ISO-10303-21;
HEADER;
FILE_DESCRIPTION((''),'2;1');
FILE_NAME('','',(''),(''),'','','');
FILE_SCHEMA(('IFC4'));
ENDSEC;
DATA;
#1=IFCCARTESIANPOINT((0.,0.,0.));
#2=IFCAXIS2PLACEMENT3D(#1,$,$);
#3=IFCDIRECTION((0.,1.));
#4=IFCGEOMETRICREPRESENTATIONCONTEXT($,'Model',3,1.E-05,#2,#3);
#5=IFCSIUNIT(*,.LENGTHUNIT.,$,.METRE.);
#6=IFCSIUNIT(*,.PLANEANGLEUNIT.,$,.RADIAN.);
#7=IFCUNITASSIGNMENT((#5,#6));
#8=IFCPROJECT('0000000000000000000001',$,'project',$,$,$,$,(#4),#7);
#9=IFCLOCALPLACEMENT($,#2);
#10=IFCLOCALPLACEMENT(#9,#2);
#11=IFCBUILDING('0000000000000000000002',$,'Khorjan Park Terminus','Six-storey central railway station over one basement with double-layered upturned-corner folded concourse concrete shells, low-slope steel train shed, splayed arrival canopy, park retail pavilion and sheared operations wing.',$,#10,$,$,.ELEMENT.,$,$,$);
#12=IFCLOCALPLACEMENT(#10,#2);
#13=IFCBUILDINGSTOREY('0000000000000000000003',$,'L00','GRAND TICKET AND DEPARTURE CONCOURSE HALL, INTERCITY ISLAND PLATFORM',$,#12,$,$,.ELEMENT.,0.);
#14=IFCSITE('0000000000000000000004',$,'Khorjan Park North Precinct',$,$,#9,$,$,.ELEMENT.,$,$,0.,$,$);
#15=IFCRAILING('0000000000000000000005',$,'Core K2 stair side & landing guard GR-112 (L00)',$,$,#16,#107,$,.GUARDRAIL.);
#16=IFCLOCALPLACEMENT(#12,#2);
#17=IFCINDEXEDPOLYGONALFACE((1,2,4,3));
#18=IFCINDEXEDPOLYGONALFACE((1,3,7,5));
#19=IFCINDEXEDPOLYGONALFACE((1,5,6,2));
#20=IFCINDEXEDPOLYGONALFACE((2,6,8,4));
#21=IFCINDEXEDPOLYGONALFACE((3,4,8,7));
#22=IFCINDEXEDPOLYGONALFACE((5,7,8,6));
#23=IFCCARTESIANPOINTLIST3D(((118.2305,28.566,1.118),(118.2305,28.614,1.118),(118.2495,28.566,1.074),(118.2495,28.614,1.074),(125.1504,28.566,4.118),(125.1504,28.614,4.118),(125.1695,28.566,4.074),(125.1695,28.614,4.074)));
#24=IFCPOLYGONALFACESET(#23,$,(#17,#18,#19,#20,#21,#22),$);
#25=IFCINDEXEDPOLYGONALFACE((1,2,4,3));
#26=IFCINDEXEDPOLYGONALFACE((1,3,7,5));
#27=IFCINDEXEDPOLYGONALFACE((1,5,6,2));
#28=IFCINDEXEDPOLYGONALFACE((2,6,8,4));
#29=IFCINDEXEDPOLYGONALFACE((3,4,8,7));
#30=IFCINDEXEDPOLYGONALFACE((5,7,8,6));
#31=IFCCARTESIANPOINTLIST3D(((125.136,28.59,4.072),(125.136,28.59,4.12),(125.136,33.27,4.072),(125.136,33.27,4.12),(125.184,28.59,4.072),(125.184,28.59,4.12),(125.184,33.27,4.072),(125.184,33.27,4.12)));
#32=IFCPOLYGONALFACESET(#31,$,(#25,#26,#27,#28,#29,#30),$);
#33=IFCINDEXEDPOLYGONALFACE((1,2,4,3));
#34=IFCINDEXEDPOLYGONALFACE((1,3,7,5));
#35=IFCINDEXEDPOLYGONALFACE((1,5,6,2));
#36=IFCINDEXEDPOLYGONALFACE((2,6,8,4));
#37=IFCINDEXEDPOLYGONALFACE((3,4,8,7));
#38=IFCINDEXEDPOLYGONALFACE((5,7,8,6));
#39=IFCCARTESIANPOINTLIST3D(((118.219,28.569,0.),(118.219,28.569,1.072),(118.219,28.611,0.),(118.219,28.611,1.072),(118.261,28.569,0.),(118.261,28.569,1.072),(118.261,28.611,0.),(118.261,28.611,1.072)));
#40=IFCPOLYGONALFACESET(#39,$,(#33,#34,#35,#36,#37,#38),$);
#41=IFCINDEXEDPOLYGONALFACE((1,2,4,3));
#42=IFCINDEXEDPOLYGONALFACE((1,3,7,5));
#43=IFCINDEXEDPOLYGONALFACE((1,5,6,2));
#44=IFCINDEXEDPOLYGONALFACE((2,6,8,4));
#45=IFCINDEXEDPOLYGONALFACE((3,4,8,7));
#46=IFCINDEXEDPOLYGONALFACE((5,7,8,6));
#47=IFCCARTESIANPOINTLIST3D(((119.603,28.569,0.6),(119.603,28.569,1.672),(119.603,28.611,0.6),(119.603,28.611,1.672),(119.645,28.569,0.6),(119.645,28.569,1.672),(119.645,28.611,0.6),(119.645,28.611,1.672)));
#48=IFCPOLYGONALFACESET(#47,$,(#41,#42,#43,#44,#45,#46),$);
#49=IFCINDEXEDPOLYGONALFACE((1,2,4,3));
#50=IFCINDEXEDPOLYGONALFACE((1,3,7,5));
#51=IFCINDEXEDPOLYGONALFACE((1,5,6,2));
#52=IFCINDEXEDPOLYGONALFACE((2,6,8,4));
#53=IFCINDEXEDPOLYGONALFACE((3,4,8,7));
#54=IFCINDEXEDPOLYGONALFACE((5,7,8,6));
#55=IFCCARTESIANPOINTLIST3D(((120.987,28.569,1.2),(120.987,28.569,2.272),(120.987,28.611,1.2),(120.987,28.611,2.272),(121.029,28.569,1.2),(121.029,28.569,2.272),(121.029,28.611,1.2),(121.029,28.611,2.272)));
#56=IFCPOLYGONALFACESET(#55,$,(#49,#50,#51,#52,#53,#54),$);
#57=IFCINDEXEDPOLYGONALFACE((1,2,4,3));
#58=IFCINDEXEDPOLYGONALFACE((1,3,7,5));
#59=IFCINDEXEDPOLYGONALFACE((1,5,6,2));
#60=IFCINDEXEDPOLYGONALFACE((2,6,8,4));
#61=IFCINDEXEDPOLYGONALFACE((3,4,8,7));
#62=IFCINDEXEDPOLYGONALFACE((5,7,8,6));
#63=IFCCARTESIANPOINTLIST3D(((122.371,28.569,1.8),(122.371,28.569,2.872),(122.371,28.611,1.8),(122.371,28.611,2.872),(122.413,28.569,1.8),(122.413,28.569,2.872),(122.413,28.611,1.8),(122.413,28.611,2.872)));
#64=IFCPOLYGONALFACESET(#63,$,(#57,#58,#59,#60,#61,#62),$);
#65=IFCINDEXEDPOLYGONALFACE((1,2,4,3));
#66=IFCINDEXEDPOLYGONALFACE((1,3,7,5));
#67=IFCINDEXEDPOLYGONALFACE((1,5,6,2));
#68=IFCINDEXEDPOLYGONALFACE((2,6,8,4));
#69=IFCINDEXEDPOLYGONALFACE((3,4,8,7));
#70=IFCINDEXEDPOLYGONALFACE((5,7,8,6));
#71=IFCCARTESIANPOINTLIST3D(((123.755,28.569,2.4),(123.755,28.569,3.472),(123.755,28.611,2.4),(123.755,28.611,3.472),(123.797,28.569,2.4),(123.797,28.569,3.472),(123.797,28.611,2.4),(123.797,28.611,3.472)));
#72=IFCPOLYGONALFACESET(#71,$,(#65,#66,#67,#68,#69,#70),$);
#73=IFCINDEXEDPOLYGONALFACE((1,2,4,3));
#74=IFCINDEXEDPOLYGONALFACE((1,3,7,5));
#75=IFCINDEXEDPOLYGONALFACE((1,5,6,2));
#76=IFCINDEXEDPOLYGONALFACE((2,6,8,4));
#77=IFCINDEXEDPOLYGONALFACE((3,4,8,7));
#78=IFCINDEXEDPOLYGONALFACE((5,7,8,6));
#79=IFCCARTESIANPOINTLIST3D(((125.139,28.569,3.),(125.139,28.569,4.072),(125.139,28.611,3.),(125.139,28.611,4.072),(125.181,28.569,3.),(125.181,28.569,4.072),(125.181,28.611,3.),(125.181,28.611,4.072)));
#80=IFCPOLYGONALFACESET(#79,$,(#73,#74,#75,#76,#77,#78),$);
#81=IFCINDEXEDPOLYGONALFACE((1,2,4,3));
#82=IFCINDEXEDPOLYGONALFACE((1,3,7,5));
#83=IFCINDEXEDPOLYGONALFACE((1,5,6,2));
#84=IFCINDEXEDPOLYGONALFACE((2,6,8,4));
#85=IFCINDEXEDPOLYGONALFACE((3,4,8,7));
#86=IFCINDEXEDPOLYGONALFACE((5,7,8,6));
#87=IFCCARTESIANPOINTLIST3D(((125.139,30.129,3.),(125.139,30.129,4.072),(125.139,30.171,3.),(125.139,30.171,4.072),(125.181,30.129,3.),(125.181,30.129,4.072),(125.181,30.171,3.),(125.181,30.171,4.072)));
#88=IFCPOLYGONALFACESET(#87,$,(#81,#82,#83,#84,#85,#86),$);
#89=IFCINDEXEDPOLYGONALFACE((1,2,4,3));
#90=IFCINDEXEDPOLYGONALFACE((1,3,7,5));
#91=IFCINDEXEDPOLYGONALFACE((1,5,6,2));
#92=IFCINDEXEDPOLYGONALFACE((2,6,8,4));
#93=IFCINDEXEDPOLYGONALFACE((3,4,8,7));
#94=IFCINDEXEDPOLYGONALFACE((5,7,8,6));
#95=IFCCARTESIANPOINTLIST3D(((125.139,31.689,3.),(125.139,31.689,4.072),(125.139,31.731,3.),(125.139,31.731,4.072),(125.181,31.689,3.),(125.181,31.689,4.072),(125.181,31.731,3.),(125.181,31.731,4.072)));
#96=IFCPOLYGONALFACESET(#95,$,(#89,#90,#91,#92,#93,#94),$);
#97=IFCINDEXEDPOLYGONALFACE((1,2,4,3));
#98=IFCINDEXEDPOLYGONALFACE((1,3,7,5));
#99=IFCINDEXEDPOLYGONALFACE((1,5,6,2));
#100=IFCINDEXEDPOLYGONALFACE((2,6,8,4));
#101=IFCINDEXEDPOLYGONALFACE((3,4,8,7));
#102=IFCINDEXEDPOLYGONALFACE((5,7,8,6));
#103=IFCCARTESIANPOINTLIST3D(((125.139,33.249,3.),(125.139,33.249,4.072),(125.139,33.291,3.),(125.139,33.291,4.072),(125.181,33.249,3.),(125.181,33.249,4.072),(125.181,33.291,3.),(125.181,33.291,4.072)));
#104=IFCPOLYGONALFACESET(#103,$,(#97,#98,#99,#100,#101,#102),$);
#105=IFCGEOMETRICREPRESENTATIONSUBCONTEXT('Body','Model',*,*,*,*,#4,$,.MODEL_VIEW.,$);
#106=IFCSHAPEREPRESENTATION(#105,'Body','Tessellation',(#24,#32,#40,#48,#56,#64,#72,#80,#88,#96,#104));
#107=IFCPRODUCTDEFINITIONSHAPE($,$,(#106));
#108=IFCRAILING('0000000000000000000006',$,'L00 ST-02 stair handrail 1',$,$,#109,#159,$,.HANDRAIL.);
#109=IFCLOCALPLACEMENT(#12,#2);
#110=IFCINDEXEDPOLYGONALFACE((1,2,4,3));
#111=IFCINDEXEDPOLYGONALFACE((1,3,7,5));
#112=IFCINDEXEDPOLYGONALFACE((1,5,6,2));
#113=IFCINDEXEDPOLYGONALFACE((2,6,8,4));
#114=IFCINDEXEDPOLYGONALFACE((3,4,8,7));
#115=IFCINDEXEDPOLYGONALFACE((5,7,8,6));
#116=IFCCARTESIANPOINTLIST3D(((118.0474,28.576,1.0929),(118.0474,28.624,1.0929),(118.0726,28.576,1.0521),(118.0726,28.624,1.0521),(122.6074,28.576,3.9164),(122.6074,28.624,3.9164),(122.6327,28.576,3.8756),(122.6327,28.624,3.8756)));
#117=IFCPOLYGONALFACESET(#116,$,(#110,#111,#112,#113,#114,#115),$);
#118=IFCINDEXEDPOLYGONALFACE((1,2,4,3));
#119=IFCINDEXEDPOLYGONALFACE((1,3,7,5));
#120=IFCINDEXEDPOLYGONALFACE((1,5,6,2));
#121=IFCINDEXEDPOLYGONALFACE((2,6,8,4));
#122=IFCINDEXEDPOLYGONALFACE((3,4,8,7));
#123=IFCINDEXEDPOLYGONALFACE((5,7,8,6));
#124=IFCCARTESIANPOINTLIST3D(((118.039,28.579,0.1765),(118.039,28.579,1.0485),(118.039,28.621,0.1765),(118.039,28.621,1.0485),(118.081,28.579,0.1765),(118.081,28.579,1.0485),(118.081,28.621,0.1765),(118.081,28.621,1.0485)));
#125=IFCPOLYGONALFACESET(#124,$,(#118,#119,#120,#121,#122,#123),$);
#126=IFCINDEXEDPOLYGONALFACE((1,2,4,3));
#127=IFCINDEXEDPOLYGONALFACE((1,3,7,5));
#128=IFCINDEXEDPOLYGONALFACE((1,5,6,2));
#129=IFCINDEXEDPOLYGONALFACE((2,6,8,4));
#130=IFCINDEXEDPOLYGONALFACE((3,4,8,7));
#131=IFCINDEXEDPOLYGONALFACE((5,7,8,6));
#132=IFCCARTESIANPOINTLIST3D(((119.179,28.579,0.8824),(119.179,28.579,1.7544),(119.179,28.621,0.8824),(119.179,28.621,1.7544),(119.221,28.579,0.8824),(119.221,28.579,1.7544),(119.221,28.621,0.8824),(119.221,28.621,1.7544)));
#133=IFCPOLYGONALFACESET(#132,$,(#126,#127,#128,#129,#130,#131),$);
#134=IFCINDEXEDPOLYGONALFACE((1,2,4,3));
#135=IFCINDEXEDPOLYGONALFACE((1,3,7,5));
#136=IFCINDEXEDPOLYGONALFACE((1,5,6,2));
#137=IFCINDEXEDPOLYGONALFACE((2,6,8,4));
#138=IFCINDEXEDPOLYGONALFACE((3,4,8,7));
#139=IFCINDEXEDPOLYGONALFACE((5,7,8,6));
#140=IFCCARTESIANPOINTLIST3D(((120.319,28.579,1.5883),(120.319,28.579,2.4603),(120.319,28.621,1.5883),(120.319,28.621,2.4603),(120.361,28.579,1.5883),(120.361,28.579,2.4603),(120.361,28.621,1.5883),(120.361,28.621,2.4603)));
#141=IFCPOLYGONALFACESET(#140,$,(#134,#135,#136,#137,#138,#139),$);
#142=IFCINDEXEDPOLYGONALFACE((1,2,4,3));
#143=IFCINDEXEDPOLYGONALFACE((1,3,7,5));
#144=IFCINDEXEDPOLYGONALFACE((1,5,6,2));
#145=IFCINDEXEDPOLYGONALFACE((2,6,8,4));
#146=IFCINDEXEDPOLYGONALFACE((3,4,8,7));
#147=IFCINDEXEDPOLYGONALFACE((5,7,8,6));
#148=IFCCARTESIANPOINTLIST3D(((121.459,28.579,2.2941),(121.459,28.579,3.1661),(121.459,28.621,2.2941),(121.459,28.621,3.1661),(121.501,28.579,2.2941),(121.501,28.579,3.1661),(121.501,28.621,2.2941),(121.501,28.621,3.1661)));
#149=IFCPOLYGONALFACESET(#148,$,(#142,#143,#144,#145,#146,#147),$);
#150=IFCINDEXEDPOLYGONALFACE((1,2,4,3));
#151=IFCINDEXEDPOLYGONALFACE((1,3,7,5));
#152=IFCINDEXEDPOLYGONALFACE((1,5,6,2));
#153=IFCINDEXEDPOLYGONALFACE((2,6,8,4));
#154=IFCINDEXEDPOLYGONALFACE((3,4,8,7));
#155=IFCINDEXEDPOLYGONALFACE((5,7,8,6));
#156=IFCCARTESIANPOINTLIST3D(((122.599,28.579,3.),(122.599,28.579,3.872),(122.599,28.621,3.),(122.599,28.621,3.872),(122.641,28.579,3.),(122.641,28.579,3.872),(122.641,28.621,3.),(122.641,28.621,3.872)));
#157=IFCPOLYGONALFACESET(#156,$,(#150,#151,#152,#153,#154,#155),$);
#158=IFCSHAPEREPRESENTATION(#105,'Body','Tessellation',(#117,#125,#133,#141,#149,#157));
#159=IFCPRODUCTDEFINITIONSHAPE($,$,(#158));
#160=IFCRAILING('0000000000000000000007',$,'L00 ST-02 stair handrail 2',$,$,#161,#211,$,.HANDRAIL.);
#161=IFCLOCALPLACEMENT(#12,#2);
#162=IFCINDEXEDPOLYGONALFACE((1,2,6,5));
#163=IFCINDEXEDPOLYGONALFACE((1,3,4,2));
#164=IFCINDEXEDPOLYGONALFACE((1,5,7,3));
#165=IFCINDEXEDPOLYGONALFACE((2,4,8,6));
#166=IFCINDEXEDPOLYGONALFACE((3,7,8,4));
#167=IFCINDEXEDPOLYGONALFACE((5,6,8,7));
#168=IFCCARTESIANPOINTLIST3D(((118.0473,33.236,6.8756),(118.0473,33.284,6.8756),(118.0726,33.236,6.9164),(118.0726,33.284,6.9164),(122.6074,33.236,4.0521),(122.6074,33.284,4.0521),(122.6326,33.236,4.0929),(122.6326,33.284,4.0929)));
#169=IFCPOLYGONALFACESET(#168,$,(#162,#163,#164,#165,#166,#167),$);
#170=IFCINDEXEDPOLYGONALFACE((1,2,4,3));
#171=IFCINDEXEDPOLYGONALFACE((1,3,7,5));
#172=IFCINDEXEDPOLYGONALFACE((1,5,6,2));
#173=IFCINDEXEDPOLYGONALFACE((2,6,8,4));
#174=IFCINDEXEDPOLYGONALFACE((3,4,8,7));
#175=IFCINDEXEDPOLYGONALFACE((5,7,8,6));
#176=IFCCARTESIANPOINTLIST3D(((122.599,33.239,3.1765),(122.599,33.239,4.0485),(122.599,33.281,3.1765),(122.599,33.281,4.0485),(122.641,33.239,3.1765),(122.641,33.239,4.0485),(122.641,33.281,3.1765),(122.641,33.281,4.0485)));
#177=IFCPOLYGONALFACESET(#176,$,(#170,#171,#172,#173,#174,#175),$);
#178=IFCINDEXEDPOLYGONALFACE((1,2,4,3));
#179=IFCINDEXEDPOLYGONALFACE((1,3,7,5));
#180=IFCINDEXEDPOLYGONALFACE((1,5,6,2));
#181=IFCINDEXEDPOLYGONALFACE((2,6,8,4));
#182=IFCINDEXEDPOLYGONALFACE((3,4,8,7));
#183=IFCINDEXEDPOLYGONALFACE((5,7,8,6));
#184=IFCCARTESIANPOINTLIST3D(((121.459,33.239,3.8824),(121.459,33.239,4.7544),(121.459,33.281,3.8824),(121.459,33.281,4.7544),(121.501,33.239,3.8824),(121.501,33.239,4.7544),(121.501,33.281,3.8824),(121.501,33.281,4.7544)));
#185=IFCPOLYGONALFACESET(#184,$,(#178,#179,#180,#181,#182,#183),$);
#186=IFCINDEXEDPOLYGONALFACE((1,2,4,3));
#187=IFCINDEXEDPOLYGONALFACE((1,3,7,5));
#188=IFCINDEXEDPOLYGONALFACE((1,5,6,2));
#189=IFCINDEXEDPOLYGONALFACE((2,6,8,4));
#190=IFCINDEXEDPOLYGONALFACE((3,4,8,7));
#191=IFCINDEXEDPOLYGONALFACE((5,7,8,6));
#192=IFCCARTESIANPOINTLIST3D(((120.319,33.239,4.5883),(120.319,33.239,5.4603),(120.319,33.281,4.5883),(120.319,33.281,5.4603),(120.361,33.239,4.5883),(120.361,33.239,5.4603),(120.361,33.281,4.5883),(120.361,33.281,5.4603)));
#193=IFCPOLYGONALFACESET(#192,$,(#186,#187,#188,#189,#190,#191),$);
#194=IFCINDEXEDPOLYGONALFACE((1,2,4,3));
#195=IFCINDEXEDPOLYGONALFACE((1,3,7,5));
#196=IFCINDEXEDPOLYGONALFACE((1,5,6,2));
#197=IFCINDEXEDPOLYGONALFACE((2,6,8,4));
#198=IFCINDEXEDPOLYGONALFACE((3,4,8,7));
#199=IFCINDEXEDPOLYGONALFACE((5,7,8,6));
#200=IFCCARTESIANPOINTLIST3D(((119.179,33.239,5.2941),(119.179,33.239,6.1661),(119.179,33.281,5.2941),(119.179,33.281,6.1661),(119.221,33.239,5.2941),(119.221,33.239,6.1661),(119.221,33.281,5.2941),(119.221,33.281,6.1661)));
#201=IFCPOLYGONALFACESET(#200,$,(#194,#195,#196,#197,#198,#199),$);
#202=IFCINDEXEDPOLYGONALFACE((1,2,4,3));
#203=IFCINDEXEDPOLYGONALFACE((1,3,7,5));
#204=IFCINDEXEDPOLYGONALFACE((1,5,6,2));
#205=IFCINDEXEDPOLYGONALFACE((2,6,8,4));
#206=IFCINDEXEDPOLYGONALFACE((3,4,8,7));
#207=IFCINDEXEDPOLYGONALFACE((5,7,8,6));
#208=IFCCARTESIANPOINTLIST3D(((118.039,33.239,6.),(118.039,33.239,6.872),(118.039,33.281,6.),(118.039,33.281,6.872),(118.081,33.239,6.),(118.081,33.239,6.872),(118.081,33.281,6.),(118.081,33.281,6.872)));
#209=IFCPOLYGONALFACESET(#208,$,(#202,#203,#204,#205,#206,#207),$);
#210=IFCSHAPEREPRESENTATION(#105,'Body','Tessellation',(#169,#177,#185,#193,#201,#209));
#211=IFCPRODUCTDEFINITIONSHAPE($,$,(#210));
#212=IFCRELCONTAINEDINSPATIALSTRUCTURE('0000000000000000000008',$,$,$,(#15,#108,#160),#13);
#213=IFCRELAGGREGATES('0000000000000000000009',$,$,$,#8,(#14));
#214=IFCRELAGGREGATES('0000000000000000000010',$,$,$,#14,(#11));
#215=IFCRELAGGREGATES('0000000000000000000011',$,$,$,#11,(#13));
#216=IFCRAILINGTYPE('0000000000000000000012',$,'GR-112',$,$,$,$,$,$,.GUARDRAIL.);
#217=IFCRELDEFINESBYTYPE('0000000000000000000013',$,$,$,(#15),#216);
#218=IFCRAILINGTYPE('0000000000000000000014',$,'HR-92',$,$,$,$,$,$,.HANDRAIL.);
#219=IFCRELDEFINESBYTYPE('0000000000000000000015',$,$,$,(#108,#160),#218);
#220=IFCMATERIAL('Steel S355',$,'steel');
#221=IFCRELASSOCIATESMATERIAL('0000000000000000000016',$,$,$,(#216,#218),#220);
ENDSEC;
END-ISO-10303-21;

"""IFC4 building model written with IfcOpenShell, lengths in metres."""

from ifc_helpers import new_model, si_unit, direction, frame, origin, origin_2d, place, context, subcontext, project, spatial, rectangle, extrude, material, type_object, element, save


model = new_model("IFC4")

# Units and contexts
model_context = context("Model", 3, precision=1e-05, world=origin(), true_north=direction((0.0, 1.0)))
body_context = subcontext(model_context, "Body", "Model", "MODEL_VIEW")
ifc_project = project(units=[si_unit("LENGTHUNIT", "METRE"), si_unit("PLANEANGLEUNIT", "RADIAN")], contexts=[model_context])

# Site, building, storey
site_placement = place(None, origin())
site = spatial("IfcSite", under=ifc_project, at=site_placement, Name="Khorjan Park North Precinct", CompositionType="ELEMENT", RefElevation=0.0)
building_placement = place(site_placement, origin())
building = spatial("IfcBuilding", under=site, at=building_placement, Name="Khorjan Park Terminus", Description="Six-storey central railway station over one basement with double-layered upturned-corner folded concourse concrete shells, low-slope steel train shed, splayed arrival canopy, park retail pavilion and sheared operations wing.", CompositionType="ELEMENT")
storey_placement = place(building_placement, origin())
storey = spatial("IfcBuildingStorey", under=building, at=storey_placement, Name="L00", Description="GRAND TICKET AND DEPARTURE CONCOURSE HALL, INTERCITY ISLAND PLATFORM", CompositionType="ELEMENT", Elevation=0.0)

# Railings
ifc_material_1 = material(Name="Steel S355", Category="steel")
railing_type_1 = type_object("IfcRailingType", Name="GR-112", PredefinedType="GUARDRAIL", material=ifc_material_1)
railing_1_placement = place(storey_placement, frame((118.24, 28.59, 0.0)))
element("IfcRailing", 1, at=railing_1_placement, inside=storey, type_object=railing_type_1, Name="Core K2 stair side & landing guard GR-112 (L00)", PredefinedType="GUARDRAIL", context=body_context, shape_type="SweptSolid", body=[
    extrude(rectangle(XDim=0.048, YDim=0.048, at=origin_2d()), frame((0.0, 0.0, 1.096), z_axis=(0.917491, 0.0, 0.397756), x_axis=(0.0, 1.0, 0.0)), (0.0, 0.0, 1.0), 7.5423),
    extrude(rectangle(XDim=0.048, YDim=0.048, at=origin_2d()), frame((6.92, 0.0, 4.096), z_axis=(0.0, 1.0, 0.0), x_axis=(-1.0, 0.0, 0.0)), (0.0, 0.0, 1.0), 4.68),
    extrude(rectangle(XDim=0.042, YDim=0.042, at=origin_2d()), origin(), (0.0, 0.0, 1.0), 1.072),
    extrude(rectangle(XDim=0.042, YDim=0.042, at=origin_2d()), frame((1.384, 0.0, 0.6)), (0.0, 0.0, 1.0), 1.072),
    extrude(rectangle(XDim=0.042, YDim=0.042, at=origin_2d()), frame((2.768, 0.0, 1.2)), (0.0, 0.0, 1.0), 1.072),
    extrude(rectangle(XDim=0.042, YDim=0.042, at=origin_2d()), frame((4.152, 0.0, 1.8)), (0.0, 0.0, 1.0), 1.072),
    extrude(rectangle(XDim=0.042, YDim=0.042, at=origin_2d()), frame((5.536, 0.0, 2.4)), (0.0, 0.0, 1.0), 1.072),
    extrude(rectangle(XDim=0.042, YDim=0.042, at=origin_2d()), frame((6.92, 0.0, 3.0)), (0.0, 0.0, 1.0), 1.072),
    extrude(rectangle(XDim=0.042, YDim=0.042, at=origin_2d()), frame((6.92, 1.56, 3.0)), (0.0, 0.0, 1.0), 1.072),
    extrude(rectangle(XDim=0.042, YDim=0.042, at=origin_2d()), frame((6.92, 3.12, 3.0)), (0.0, 0.0, 1.0), 1.072),
    extrude(rectangle(XDim=0.042, YDim=0.042, at=origin_2d()), frame((6.92, 4.68, 3.0)), (0.0, 0.0, 1.0), 1.072),
])
railing_type_2 = type_object("IfcRailingType", Name="HR-92", PredefinedType="HANDRAIL", material=ifc_material_1)
railing_2_placement = place(storey_placement, frame((118.06, 28.6, 0.1765)))
element("IfcRailing", 2, at=railing_2_placement, inside=storey, type_object=railing_type_2, Name="L00 ST-02 stair handrail 1", PredefinedType="HANDRAIL", context=body_context, shape_type="SweptSolid", body=[
    extrude(rectangle(XDim=0.048, YDim=0.048, at=origin_2d()), frame((0.0, 0.0, 0.896), z_axis=(0.850211, 0.0, 0.526441), x_axis=(0.0, 1.0, 0.0)), (0.0, 0.0, 1.0), 5.3634),
    extrude(rectangle(XDim=0.042, YDim=0.042, at=origin_2d()), origin(), (0.0, 0.0, 1.0), 0.872),
    extrude(rectangle(XDim=0.042, YDim=0.042, at=origin_2d()), frame((1.14, 0.0, 0.7059)), (0.0, 0.0, 1.0), 0.872),
    extrude(rectangle(XDim=0.042, YDim=0.042, at=origin_2d()), frame((2.28, 0.0, 1.4118)), (0.0, 0.0, 1.0), 0.872),
    extrude(rectangle(XDim=0.042, YDim=0.042, at=origin_2d()), frame((3.42, 0.0, 2.1176)), (0.0, 0.0, 1.0), 0.872),
    extrude(rectangle(XDim=0.042, YDim=0.042, at=origin_2d()), frame((4.56, 0.0, 2.8235)), (0.0, 0.0, 1.0), 0.872),
])
railing_3_placement = place(storey_placement, frame((122.62, 33.26, 3.1765)))
element("IfcRailing", 3, at=railing_3_placement, inside=storey, type_object=railing_type_2, Name="L00 ST-02 stair handrail 2", PredefinedType="HANDRAIL", context=body_context, shape_type="SweptSolid", body=[
    extrude(rectangle(XDim=0.048, YDim=0.048, at=origin_2d()), frame((0.0, 0.0, 0.896), z_axis=(-0.850211, 0.0, 0.526441), x_axis=(0.0, -1.0, 0.0)), (0.0, 0.0, 1.0), 5.3634),
    extrude(rectangle(XDim=0.042, YDim=0.042, at=origin_2d()), origin(), (0.0, 0.0, 1.0), 0.872),
    extrude(rectangle(XDim=0.042, YDim=0.042, at=origin_2d()), frame((-1.14, 0.0, 0.7059)), (0.0, 0.0, 1.0), 0.872),
    extrude(rectangle(XDim=0.042, YDim=0.042, at=origin_2d()), frame((-2.28, 0.0, 1.4118)), (0.0, 0.0, 1.0), 0.872),
    extrude(rectangle(XDim=0.042, YDim=0.042, at=origin_2d()), frame((-3.42, 0.0, 2.1176)), (0.0, 0.0, 1.0), 0.872),
    extrude(rectangle(XDim=0.042, YDim=0.042, at=origin_2d()), frame((-4.56, 0.0, 2.8235)), (0.0, 0.0, 1.0), 0.872),
])

save(model, "model.ifc")
